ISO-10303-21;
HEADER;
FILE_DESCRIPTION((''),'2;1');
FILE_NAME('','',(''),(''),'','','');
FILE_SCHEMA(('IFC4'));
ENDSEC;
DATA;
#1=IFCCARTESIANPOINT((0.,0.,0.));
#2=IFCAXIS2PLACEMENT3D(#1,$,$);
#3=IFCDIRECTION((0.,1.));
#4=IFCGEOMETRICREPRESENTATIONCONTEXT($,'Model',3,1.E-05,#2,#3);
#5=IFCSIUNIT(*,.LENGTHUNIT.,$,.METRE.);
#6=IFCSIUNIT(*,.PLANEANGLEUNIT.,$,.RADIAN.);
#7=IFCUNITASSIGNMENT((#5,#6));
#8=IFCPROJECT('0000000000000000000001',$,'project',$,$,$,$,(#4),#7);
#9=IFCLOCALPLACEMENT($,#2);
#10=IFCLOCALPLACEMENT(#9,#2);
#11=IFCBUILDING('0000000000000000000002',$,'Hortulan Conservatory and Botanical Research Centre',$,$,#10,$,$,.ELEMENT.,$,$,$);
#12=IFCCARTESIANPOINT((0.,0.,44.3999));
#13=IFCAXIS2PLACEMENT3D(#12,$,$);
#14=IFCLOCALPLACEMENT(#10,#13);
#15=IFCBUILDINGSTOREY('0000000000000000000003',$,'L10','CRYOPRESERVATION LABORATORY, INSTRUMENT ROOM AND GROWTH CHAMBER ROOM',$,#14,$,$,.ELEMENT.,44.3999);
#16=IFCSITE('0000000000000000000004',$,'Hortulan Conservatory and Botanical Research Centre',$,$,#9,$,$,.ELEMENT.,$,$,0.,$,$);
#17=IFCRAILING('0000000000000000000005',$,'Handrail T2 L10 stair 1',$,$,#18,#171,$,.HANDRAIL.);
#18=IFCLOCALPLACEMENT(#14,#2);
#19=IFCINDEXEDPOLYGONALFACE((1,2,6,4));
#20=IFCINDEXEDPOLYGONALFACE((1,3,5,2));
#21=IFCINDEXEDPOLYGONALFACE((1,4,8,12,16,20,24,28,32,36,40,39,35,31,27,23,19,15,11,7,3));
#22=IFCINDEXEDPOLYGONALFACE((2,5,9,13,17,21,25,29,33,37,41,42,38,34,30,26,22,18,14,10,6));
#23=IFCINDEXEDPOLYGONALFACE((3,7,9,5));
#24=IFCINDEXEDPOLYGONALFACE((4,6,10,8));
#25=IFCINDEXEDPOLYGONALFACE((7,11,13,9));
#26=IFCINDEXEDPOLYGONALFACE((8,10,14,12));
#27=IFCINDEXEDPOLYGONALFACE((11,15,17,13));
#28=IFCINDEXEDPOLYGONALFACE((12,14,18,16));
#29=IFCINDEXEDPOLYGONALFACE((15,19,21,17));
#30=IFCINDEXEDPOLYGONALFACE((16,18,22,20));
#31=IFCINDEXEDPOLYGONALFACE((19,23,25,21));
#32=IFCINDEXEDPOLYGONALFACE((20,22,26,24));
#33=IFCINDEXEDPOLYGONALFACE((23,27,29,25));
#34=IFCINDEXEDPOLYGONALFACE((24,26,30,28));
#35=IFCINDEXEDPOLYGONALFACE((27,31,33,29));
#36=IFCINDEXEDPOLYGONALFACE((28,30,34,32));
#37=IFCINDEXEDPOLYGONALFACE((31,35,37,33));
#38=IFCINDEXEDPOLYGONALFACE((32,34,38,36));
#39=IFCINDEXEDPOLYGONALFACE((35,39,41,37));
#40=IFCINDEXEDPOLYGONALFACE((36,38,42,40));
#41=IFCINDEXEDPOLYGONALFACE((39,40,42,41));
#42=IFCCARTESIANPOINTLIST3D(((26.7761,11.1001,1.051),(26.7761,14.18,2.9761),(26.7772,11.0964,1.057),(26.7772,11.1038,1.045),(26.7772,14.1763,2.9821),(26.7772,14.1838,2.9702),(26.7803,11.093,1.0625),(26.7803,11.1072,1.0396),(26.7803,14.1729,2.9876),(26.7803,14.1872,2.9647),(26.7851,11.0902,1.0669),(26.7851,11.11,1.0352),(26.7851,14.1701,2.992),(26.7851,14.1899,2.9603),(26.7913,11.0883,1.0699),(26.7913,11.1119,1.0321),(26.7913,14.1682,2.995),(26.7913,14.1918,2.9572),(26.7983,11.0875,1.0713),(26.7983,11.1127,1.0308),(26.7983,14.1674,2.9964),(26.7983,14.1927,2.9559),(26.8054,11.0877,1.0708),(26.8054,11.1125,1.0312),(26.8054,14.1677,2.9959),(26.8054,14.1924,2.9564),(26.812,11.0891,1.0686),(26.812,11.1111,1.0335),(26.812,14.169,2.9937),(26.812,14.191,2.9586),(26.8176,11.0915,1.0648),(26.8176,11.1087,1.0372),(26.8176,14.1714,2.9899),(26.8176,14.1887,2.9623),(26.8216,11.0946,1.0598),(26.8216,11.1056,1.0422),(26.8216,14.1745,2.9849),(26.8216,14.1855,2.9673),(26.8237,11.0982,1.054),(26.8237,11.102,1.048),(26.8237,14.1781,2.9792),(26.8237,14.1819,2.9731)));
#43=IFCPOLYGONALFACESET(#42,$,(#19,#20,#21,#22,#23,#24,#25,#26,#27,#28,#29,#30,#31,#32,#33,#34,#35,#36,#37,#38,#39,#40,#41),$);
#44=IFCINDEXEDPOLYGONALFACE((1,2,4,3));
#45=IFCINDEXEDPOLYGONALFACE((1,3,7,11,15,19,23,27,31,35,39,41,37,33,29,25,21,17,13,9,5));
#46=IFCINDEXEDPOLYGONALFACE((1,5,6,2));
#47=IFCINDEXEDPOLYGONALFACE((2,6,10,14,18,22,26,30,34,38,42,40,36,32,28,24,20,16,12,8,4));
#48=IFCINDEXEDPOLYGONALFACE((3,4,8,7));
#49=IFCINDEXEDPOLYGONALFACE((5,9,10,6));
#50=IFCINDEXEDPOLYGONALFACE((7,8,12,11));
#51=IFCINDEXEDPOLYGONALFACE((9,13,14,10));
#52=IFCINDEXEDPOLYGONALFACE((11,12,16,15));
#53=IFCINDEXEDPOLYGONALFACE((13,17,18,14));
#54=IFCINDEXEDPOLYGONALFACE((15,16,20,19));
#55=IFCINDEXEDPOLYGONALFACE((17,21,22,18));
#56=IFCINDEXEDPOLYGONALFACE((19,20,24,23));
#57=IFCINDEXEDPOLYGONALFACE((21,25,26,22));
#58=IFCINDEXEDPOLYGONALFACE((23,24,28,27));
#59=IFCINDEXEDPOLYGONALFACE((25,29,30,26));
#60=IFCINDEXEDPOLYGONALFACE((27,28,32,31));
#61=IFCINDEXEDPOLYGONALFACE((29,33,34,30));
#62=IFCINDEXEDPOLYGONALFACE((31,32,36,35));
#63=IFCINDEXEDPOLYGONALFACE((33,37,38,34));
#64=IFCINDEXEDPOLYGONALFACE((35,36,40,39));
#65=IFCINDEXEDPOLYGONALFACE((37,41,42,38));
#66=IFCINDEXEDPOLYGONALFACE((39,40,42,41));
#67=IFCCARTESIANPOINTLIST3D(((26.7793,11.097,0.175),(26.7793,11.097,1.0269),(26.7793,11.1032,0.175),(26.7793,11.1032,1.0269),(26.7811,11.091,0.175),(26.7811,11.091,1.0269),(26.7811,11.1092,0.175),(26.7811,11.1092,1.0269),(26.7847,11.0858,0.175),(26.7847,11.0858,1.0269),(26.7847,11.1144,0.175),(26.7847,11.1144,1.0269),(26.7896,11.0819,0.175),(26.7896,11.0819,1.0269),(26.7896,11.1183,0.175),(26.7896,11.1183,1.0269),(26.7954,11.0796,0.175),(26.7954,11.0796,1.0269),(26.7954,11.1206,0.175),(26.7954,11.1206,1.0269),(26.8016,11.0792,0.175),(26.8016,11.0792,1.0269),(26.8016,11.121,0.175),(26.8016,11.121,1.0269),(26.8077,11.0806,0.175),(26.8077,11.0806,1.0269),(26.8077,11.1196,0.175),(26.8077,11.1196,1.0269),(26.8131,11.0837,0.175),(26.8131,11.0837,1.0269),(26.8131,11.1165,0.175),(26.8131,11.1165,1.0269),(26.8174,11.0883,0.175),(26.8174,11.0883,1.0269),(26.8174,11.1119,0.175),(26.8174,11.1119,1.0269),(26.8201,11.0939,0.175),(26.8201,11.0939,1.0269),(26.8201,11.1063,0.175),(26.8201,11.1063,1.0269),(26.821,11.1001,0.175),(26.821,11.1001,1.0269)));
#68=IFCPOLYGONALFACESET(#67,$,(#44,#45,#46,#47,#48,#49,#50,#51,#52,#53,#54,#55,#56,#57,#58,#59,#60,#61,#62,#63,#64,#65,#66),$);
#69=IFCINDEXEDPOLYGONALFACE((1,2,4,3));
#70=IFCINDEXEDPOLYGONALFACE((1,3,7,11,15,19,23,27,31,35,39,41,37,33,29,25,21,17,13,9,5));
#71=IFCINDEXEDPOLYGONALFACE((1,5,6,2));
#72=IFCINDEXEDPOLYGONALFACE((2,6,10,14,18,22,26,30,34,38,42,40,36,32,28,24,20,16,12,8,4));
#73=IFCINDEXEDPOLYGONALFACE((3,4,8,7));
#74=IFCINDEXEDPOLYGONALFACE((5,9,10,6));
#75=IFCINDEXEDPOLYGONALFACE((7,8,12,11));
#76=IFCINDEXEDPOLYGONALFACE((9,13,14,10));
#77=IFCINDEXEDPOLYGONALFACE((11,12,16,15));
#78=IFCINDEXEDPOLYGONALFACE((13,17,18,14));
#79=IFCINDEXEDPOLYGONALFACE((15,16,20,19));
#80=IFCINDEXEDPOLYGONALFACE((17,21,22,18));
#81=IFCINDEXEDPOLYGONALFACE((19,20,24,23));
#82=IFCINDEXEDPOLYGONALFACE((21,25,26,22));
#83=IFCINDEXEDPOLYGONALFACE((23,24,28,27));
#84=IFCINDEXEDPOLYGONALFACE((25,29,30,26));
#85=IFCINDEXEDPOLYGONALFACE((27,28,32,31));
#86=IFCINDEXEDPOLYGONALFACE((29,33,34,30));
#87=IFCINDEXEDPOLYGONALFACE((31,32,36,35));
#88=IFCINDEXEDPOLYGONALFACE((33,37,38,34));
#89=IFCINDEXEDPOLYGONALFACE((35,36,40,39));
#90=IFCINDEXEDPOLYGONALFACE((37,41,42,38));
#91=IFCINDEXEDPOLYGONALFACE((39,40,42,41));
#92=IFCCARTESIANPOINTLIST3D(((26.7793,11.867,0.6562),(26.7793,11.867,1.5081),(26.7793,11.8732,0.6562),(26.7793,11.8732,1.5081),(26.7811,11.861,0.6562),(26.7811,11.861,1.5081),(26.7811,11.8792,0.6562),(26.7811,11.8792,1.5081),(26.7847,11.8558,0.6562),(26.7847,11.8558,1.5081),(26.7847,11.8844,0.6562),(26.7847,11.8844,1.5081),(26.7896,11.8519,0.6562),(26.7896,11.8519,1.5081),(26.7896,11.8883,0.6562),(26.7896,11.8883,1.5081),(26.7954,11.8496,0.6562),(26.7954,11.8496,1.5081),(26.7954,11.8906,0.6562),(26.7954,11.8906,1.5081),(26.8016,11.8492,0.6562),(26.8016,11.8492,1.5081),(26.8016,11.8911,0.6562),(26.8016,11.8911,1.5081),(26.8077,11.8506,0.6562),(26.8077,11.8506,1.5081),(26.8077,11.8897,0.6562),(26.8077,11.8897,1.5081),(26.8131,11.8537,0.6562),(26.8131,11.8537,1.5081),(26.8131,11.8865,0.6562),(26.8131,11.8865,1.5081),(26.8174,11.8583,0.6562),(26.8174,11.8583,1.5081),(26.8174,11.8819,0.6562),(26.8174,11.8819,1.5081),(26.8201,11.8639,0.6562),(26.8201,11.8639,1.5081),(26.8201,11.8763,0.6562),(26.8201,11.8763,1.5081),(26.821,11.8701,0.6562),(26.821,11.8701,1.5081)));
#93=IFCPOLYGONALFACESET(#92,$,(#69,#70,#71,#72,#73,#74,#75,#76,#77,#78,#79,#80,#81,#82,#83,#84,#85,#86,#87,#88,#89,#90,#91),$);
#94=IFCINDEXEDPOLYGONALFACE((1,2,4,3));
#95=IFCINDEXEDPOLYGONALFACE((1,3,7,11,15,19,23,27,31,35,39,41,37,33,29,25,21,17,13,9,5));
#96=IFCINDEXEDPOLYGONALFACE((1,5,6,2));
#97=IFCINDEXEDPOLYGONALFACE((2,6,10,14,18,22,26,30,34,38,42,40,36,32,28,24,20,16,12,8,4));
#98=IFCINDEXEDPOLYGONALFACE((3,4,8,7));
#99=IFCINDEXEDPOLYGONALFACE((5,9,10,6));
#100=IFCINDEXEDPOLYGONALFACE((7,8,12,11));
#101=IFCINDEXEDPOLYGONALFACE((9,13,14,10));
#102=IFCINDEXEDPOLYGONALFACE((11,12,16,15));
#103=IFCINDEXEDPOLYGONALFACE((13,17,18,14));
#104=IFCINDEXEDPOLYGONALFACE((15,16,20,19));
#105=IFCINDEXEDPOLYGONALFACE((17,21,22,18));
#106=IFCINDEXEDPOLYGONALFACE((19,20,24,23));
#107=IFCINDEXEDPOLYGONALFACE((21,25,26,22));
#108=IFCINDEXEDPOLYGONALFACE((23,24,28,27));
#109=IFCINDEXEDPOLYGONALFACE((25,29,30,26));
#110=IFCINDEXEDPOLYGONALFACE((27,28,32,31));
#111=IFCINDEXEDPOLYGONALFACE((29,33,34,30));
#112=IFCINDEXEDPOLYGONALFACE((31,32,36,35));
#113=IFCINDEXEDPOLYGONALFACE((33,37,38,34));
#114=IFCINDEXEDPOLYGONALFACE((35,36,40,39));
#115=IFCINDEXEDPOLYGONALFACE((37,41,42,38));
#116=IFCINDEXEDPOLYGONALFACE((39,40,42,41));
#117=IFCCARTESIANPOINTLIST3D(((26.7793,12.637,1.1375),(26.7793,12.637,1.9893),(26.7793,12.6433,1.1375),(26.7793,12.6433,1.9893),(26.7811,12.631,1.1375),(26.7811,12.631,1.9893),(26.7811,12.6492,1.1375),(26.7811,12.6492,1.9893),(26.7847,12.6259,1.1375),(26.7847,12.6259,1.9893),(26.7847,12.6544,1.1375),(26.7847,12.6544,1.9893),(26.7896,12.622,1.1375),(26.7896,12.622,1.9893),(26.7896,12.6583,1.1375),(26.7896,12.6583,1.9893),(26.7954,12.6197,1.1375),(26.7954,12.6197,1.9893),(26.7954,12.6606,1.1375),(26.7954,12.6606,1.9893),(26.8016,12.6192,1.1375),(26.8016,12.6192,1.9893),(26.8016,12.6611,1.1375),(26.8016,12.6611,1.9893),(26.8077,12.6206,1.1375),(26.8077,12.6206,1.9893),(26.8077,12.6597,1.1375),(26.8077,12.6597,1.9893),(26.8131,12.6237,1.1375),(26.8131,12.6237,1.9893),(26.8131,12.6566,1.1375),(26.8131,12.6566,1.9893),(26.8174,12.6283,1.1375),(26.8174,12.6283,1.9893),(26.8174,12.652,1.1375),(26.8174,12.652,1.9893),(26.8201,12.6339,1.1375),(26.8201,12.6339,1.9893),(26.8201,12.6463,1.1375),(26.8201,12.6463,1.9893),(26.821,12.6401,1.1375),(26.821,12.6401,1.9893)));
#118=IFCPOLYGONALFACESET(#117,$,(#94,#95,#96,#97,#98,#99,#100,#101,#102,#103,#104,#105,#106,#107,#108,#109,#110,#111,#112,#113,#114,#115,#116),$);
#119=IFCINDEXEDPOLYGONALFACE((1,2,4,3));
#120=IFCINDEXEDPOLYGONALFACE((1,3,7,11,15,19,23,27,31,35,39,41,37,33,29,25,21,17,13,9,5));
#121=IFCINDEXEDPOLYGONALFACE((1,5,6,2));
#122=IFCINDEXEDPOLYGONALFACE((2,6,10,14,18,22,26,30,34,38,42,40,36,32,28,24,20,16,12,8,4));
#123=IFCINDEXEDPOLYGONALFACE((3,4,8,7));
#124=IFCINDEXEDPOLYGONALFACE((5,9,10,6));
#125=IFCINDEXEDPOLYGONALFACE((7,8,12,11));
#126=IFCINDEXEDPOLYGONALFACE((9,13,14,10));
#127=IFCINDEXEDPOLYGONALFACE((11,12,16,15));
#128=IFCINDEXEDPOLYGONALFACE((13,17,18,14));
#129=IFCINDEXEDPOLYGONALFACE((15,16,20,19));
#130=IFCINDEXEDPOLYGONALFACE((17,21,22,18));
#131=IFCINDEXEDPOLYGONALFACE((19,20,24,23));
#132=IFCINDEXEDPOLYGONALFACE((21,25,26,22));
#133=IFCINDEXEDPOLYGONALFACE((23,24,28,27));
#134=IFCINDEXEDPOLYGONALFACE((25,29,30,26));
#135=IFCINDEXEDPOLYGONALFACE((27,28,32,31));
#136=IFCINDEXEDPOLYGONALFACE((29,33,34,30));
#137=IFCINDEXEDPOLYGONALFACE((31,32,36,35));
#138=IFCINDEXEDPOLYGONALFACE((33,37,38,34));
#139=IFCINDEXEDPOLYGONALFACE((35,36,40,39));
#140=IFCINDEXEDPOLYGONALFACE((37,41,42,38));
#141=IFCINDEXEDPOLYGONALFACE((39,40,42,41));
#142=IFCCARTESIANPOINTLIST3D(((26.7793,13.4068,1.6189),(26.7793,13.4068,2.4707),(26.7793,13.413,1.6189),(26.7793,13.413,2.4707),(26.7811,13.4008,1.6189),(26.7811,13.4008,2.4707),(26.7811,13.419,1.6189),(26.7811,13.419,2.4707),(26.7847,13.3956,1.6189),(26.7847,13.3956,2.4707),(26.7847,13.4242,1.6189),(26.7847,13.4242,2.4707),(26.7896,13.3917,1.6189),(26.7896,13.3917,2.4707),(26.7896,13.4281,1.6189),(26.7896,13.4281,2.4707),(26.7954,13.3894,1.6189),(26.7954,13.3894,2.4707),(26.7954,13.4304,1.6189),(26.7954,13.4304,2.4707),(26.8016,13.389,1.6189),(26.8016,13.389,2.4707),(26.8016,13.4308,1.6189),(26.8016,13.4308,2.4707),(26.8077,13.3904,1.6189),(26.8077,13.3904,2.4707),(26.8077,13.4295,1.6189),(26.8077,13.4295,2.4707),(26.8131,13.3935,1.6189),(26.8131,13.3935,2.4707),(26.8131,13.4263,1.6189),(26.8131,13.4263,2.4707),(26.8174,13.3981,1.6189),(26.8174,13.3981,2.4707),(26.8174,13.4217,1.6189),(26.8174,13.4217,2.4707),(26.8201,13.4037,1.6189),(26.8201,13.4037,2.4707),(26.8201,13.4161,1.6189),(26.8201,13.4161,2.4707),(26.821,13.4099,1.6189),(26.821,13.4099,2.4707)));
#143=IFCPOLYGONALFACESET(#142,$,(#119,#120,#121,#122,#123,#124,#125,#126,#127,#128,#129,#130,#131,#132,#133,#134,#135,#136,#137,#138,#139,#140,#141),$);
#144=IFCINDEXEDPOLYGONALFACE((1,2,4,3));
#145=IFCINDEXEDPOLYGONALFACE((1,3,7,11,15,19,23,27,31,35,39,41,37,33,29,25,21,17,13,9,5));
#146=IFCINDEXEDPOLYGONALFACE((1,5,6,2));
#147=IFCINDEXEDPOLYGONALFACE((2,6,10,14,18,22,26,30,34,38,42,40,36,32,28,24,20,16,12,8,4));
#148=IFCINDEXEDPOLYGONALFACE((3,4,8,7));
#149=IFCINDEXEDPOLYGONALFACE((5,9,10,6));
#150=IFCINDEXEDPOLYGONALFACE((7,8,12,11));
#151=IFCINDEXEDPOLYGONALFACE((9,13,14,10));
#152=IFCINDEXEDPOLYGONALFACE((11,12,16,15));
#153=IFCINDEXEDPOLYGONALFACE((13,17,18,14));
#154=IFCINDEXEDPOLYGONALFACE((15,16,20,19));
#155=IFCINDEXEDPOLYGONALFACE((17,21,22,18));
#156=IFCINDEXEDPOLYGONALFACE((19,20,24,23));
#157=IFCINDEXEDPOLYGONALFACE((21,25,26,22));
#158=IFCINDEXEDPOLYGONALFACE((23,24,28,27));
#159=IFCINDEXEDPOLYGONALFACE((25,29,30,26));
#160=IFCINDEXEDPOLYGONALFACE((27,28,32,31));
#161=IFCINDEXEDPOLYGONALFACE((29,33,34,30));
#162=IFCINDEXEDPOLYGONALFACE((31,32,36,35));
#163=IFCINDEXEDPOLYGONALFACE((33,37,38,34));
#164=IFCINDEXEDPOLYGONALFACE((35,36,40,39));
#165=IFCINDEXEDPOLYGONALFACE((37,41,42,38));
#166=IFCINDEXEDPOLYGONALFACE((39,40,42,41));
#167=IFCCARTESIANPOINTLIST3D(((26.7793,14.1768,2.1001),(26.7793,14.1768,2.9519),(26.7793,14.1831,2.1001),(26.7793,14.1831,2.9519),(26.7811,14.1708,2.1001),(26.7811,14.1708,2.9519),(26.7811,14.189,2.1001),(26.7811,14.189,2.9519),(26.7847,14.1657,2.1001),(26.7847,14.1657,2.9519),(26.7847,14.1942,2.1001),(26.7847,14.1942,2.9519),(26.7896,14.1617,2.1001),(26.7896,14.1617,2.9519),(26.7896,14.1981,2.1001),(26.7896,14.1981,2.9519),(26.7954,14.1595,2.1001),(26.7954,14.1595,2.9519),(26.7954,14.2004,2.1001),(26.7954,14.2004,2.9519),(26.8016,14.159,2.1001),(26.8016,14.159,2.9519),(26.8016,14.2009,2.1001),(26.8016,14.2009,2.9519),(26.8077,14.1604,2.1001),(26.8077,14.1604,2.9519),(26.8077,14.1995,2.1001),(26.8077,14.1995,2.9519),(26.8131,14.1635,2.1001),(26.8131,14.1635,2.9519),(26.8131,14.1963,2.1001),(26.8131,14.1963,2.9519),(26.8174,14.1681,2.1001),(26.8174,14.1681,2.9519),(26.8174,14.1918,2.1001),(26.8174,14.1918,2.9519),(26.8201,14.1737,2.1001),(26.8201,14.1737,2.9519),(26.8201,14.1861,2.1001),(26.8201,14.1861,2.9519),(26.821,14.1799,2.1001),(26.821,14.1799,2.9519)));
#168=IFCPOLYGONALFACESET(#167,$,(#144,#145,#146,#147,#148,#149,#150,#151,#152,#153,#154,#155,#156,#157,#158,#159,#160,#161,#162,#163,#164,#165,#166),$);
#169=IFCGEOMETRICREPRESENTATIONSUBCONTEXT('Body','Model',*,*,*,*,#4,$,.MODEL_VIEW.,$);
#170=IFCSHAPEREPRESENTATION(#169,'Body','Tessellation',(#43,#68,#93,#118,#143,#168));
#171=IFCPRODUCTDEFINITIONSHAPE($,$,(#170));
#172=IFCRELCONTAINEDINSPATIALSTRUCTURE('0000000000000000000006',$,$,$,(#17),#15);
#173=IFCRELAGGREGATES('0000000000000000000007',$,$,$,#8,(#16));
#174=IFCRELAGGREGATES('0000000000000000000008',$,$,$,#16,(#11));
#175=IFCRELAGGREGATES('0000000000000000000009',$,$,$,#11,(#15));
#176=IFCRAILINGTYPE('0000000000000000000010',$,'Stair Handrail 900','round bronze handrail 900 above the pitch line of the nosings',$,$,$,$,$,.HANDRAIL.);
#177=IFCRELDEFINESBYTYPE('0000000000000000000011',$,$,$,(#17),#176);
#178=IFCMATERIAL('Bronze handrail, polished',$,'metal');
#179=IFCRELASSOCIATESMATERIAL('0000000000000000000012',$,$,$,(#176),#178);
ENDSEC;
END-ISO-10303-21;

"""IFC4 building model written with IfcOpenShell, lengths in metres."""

from ifc_helpers import new_model, si_unit, direction, frame, origin, origin_2d, place, context, subcontext, project, spatial, circle, extrude, material, type_object, element, save


model = new_model("IFC4")

# Units and contexts
model_context = context("Model", 3, precision=1e-05, world=origin(), true_north=direction((0.0, 1.0)))
body_context = subcontext(model_context, "Body", "Model", "MODEL_VIEW")
ifc_project = project(units=[si_unit("LENGTHUNIT", "METRE"), si_unit("PLANEANGLEUNIT", "RADIAN")], contexts=[model_context])

# Site, building, storey
site_placement = place(None, origin())
site = spatial("IfcSite", under=ifc_project, at=site_placement, Name="Hortulan Conservatory and Botanical Research Centre", CompositionType="ELEMENT", RefElevation=0.0)
building_placement = place(site_placement, origin())
building = spatial("IfcBuilding", under=site, at=building_placement, Name="Hortulan Conservatory and Botanical Research Centre", CompositionType="ELEMENT")
storey_placement = place(building_placement, frame((0.0, 0.0, 44.3999)))
storey = spatial("IfcBuildingStorey", under=building, at=storey_placement, Name="L10", Description="CRYOPRESERVATION LABORATORY, INSTRUMENT ROOM AND GROWTH CHAMBER ROOM", CompositionType="ELEMENT", Elevation=44.3999)

# Railing
ifc_material_1 = material(Name="Bronze handrail, polished", Category="metal")
railing_type = type_object("IfcRailingType", Name="Stair Handrail 900", Description="round bronze handrail 900 above the pitch line of the nosings", PredefinedType="HANDRAIL", material=ifc_material_1)
for number, where, name in (
    (1, (26.8, 11.1001, 0.175), "Handrail T2 L10 stair 1"),
):
    element("IfcRailing", number, at=place(storey_placement, frame(where)), inside=storey, type_object=railing_type, Name=name, PredefinedType="HANDRAIL", context=body_context, shape_type="SweptSolid", body=[
        extrude(circle(Radius=0.0239, at=origin_2d()), frame((0.0, 0.0, 0.876), z_axis=(0.0, 0.847979, 0.530029), x_axis=(-1.0, 0.0, 0.0)), (0.0, 0.0, 1.0), 3.6321),
        extrude(circle(Radius=0.021, at=origin_2d()), origin(), (0.0, 0.0, 1.0), 0.8518),
        extrude(circle(Radius=0.021, at=origin_2d()), frame((0.0, 0.77, 0.4812)), (0.0, 0.0, 1.0), 0.8518),
        extrude(circle(Radius=0.021, at=origin_2d()), frame((0.0, 1.54, 0.9624)), (0.0, 0.0, 1.0), 0.8518),
        extrude(circle(Radius=0.021, at=origin_2d()), frame((0.0, 2.3098, 1.4438)), (0.0, 0.0, 1.0), 0.8518),
        extrude(circle(Radius=0.021, at=origin_2d()), frame((0.0, 3.0798, 1.925)), (0.0, 0.0, 1.0), 0.8518),
    ])

save(model, "model.ifc")
